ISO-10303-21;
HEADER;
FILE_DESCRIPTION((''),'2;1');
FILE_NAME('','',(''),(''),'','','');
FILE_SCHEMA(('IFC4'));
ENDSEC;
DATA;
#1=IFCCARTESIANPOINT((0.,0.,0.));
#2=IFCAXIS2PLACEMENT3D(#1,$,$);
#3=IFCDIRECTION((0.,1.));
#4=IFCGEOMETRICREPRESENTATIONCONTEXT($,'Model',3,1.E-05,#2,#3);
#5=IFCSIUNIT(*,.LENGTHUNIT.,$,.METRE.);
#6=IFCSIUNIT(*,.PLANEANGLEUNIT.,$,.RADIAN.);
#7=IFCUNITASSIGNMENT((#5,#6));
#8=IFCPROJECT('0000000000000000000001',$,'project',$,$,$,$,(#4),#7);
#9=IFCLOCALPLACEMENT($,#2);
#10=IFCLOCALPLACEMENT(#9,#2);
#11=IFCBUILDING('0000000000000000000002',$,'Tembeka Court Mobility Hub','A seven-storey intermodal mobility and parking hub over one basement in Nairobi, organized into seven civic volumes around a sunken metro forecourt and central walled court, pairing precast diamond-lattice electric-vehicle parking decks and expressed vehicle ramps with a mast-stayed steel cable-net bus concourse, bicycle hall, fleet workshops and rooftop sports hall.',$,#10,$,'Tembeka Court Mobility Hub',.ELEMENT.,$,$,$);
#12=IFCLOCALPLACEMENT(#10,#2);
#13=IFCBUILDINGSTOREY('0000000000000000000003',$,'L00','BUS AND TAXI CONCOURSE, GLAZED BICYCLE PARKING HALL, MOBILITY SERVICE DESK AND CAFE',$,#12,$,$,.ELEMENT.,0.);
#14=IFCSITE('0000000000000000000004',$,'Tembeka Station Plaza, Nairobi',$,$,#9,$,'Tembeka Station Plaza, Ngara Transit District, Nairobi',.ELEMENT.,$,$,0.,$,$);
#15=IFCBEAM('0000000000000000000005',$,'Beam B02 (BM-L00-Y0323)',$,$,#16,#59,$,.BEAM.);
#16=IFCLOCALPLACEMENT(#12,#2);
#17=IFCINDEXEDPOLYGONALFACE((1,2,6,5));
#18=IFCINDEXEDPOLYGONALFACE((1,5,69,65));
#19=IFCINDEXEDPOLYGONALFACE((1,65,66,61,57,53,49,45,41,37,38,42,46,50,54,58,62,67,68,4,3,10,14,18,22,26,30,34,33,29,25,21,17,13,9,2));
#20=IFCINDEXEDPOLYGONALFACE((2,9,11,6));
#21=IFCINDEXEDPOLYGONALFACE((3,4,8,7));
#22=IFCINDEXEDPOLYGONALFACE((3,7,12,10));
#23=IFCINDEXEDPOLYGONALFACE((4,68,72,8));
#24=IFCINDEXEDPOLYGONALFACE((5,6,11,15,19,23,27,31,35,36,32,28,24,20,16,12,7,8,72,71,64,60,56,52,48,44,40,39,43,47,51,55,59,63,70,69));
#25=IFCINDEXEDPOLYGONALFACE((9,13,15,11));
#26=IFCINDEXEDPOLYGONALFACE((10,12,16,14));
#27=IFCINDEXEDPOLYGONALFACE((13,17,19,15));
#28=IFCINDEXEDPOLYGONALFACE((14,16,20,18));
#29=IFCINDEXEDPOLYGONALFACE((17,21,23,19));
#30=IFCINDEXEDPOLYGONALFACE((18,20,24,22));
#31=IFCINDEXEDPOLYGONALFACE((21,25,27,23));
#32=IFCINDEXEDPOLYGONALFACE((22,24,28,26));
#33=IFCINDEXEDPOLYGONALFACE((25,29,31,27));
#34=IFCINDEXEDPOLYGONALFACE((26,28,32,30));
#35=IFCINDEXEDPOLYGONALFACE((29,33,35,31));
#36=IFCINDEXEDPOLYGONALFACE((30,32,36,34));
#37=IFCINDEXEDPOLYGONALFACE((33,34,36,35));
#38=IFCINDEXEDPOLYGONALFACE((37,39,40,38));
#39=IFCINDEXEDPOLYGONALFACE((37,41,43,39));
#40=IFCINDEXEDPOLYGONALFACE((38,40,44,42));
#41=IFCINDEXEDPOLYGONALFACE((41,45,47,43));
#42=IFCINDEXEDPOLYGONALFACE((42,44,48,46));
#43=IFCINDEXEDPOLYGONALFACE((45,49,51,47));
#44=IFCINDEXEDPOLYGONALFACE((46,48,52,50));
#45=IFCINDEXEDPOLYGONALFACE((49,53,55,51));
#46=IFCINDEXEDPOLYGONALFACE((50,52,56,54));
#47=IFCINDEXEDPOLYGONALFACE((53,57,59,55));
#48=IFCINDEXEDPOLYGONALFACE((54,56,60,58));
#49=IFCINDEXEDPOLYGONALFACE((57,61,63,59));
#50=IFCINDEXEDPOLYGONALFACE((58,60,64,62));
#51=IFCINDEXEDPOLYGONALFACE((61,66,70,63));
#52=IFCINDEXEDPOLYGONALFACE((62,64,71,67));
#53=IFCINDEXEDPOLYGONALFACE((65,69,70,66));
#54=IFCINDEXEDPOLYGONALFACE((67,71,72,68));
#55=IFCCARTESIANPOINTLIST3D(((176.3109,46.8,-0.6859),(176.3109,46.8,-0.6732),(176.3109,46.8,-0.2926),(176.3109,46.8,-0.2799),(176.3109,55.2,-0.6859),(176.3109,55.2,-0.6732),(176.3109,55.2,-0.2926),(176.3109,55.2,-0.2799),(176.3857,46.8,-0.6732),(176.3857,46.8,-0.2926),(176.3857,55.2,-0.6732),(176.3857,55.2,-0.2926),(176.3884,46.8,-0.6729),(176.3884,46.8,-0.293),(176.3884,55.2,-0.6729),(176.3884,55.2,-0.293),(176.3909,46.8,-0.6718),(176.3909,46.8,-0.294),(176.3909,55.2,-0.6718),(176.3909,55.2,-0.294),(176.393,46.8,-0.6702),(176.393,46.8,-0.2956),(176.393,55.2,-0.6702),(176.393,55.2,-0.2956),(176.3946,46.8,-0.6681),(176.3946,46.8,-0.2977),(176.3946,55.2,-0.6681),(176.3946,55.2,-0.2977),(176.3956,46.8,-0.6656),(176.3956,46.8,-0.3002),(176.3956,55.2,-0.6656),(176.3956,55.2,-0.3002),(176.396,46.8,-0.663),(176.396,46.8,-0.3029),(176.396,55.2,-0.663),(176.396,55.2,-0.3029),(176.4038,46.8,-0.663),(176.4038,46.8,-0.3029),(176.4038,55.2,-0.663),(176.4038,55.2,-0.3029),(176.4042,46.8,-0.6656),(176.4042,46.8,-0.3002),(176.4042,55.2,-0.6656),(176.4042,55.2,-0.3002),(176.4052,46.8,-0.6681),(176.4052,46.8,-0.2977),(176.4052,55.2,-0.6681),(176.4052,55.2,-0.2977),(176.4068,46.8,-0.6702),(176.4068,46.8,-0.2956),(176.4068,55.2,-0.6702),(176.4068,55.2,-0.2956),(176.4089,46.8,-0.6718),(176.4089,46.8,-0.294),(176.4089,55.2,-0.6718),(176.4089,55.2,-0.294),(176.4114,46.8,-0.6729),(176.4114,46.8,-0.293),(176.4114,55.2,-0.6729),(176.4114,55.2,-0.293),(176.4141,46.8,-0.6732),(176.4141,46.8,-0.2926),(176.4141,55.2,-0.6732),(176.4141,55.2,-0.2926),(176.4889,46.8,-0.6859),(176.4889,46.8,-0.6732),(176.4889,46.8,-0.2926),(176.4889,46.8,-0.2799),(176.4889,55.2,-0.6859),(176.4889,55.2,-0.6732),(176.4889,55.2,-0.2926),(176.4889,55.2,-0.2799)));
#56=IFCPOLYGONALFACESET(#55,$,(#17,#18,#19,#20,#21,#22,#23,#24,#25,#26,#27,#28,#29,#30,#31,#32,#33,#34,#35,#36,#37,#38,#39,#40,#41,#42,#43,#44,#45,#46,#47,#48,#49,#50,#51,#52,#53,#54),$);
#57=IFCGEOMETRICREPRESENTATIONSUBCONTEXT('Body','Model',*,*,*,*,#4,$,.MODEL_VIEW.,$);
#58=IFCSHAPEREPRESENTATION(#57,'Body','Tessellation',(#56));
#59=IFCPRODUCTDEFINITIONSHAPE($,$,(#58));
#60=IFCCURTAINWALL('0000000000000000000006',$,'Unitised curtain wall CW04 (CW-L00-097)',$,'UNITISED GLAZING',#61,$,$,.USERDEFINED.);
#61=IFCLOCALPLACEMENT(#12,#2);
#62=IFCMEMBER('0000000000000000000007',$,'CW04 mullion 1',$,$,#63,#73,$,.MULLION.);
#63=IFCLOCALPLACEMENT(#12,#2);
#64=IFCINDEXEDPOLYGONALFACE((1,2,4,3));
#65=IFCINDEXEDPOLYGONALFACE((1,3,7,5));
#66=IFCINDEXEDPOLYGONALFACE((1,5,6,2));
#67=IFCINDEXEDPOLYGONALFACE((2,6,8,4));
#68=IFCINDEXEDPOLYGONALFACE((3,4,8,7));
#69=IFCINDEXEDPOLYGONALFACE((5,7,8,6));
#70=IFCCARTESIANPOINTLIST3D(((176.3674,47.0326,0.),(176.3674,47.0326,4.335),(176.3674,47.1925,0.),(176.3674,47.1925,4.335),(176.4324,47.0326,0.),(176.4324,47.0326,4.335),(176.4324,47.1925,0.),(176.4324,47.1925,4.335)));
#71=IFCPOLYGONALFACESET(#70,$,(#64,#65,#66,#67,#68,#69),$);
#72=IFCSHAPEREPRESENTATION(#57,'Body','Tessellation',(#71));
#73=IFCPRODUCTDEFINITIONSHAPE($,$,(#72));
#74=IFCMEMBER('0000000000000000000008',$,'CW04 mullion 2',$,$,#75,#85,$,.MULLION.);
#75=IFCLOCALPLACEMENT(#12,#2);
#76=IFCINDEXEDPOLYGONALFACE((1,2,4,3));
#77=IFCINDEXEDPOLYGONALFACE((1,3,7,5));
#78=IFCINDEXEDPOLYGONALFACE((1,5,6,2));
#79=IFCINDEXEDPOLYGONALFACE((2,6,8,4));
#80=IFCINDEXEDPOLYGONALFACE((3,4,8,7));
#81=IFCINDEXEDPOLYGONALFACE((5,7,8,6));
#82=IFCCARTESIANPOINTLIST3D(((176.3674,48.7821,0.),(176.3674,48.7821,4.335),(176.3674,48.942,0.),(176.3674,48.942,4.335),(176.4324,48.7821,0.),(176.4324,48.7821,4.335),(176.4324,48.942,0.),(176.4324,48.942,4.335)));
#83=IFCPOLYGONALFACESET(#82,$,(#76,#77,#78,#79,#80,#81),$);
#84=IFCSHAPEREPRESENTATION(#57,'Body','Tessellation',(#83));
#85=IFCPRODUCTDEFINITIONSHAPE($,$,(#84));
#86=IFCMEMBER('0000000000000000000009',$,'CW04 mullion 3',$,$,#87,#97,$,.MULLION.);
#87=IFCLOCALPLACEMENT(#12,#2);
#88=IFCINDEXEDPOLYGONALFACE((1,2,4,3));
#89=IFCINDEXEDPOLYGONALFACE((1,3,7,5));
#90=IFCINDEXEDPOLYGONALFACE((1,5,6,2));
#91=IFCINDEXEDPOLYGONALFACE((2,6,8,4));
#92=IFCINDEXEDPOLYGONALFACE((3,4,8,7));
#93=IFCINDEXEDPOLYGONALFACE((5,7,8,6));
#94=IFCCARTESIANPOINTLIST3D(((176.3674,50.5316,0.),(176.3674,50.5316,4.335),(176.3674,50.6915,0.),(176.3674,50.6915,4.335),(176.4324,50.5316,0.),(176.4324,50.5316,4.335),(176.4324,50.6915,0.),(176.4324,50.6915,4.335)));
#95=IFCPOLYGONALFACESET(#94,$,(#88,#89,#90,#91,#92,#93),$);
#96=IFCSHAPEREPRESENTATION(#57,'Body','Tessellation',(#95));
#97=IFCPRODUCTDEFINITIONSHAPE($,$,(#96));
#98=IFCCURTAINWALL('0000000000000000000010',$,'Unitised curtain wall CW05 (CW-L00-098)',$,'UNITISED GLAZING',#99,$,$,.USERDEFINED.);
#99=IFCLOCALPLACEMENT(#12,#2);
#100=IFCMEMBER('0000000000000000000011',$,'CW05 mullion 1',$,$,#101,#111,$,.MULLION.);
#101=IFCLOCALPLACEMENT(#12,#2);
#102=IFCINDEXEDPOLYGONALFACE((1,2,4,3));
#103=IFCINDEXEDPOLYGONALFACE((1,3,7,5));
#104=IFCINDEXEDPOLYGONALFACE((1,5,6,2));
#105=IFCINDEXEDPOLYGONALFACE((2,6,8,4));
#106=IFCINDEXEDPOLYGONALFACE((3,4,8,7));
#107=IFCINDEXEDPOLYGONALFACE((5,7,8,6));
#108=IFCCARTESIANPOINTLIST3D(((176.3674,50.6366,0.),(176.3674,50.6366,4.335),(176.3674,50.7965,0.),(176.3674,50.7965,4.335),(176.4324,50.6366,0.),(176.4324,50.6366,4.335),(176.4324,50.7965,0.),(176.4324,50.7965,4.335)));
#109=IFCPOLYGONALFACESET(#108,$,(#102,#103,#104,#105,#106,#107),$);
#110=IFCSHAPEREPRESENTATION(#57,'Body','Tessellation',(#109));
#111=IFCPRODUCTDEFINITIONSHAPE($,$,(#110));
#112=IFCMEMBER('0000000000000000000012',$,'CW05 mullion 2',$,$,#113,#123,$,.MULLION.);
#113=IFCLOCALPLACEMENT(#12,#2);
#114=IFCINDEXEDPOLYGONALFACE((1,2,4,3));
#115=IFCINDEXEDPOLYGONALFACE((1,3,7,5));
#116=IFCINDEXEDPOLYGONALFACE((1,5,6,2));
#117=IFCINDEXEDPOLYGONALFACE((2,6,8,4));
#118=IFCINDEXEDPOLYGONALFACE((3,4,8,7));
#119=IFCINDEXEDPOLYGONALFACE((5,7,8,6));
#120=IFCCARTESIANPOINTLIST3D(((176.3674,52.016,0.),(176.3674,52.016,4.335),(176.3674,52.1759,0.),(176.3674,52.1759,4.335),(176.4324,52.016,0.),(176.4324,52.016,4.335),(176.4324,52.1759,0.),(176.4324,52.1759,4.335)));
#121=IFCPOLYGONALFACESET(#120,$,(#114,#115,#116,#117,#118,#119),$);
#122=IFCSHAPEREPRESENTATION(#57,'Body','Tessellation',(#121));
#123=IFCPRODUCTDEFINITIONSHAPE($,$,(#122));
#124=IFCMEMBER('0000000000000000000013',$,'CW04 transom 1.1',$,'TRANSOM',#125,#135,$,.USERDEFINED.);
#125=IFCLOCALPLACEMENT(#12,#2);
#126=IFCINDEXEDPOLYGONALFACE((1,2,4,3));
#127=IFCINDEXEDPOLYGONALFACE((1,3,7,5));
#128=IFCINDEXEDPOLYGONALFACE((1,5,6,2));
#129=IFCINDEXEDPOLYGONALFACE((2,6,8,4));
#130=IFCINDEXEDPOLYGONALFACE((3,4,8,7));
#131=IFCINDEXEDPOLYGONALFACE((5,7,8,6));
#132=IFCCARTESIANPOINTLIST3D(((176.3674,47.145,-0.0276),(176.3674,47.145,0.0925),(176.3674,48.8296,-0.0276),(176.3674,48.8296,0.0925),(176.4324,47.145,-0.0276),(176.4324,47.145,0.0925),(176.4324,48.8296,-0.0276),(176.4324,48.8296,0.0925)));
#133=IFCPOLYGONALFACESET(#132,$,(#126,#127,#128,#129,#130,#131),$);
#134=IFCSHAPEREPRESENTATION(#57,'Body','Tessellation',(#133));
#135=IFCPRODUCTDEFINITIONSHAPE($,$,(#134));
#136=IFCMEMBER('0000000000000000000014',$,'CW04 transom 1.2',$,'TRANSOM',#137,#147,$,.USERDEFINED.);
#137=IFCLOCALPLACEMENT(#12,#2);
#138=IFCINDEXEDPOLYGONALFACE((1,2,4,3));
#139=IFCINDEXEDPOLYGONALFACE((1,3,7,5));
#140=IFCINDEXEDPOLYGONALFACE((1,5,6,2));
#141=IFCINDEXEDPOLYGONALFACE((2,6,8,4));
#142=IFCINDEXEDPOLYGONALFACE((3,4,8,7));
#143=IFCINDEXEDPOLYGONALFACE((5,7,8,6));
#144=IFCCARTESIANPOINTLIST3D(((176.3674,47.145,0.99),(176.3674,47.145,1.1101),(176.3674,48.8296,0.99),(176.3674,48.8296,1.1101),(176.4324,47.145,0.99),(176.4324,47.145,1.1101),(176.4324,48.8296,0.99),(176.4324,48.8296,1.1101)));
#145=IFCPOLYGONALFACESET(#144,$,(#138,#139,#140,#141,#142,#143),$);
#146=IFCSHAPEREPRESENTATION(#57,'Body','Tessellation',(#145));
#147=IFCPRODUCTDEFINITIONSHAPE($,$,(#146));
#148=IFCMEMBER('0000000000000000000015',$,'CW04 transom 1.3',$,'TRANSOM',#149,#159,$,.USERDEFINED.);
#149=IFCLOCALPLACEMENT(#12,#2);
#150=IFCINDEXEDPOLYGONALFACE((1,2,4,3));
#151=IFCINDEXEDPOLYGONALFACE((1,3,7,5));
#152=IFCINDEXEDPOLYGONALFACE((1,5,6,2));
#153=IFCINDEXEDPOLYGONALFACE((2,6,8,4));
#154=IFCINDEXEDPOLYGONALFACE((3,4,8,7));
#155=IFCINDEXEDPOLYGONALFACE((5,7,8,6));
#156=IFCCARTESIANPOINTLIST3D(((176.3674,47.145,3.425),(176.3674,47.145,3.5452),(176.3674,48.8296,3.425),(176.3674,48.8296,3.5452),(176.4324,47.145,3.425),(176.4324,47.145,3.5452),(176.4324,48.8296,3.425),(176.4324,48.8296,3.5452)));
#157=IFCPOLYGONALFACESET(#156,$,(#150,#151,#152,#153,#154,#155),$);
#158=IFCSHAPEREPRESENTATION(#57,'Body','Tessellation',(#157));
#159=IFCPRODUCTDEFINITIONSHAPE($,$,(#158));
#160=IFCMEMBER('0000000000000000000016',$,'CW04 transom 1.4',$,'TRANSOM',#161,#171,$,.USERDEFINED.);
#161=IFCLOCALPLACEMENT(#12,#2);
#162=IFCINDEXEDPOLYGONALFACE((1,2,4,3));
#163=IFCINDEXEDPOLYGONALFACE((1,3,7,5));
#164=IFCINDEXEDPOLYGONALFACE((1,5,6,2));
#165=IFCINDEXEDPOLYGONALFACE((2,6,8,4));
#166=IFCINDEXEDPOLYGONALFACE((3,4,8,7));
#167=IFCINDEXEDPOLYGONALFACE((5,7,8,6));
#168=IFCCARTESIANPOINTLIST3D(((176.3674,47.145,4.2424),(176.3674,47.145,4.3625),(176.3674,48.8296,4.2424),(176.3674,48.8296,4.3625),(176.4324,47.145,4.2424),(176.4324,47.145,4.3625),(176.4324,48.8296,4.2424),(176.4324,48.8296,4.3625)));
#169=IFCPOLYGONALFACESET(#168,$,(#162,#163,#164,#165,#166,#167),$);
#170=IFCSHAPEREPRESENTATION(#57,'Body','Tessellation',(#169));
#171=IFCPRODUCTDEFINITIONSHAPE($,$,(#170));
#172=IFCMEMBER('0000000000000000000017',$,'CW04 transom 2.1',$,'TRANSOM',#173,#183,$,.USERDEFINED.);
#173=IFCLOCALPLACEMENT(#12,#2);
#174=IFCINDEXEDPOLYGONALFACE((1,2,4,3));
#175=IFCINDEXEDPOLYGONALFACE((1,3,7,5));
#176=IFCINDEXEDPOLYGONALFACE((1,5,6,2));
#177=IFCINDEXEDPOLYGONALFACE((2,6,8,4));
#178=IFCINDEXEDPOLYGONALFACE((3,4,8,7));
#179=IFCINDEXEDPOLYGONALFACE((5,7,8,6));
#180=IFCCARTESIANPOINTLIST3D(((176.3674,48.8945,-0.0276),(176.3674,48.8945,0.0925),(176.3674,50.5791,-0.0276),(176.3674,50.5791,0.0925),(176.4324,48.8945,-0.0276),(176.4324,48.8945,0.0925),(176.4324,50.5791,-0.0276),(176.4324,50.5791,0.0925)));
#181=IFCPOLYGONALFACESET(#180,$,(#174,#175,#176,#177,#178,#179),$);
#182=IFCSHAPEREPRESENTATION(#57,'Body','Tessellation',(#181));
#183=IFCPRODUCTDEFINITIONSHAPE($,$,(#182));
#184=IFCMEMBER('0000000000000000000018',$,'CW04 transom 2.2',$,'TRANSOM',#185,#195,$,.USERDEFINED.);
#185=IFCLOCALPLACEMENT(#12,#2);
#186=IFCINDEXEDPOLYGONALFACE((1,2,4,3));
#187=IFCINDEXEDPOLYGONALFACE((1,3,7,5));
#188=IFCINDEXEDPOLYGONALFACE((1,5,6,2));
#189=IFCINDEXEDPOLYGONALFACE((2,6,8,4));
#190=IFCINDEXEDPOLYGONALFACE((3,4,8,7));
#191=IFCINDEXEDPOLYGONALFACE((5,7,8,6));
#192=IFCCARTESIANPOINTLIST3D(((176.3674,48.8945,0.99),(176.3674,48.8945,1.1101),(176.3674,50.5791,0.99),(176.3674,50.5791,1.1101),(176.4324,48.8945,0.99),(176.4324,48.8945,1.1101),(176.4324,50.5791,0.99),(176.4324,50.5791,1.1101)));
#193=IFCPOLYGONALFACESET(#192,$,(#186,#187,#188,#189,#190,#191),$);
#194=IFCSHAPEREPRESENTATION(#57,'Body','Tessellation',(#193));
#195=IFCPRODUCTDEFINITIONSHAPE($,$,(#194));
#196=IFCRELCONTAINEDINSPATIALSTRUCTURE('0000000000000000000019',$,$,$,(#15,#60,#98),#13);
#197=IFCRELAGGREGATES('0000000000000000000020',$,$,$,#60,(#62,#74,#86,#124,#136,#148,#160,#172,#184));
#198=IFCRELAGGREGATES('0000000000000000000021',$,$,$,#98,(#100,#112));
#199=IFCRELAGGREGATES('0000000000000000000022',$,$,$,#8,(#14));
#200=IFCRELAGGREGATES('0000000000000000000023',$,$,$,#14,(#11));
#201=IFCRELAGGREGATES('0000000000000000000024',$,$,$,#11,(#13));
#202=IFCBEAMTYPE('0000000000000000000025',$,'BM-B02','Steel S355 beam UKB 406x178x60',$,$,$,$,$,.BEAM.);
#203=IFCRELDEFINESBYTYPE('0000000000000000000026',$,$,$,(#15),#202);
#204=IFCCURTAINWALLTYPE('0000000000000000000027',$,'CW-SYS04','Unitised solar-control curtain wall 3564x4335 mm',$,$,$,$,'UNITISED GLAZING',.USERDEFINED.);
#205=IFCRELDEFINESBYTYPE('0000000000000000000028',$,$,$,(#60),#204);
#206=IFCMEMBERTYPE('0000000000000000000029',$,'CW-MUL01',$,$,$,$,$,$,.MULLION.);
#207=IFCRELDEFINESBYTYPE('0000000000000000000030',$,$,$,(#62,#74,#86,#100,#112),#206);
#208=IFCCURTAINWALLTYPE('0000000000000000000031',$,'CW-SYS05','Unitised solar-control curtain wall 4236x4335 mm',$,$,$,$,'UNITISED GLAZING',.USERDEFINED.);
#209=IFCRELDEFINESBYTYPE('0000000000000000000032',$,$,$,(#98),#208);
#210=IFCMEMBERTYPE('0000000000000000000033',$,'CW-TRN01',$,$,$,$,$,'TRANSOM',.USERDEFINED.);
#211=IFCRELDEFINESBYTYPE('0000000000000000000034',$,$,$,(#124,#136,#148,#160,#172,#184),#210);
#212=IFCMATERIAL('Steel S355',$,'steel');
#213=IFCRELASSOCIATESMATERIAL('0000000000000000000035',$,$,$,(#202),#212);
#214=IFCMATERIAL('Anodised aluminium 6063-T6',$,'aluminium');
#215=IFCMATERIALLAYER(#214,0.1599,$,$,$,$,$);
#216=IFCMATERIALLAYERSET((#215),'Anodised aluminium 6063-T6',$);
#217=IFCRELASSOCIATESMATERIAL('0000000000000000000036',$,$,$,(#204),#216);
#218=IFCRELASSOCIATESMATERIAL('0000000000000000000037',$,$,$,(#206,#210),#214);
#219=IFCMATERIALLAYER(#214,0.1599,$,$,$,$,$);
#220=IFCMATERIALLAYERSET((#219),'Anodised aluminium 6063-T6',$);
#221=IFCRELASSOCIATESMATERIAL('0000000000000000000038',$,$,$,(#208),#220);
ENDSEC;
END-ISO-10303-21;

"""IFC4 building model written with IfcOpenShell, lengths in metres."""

from ifc_helpers import new_model, si_unit, direction, frame, origin, origin_2d, place, context, subcontext, project, spatial, rectangle, i_section, extrude, material, layer, layer_set, material_profile, profile_set, type_object, element, aggregate, save


model = new_model("IFC4")

# Units and contexts
model_context = context("Model", 3, precision=1e-05, world=origin(), true_north=direction((0.0, 1.0)))
body_context = subcontext(model_context, "Body", "Model", "MODEL_VIEW")
ifc_project = project(units=[si_unit("LENGTHUNIT", "METRE"), si_unit("PLANEANGLEUNIT", "RADIAN")], contexts=[model_context])

# Site, building, storey
site_placement = place(None, origin())
site = spatial("IfcSite", under=ifc_project, at=site_placement, Name="Tembeka Station Plaza, Nairobi", LongName="Tembeka Station Plaza, Ngara Transit District, Nairobi", CompositionType="ELEMENT", RefElevation=0.0)
building_placement = place(site_placement, origin())
building = spatial("IfcBuilding", under=site, at=building_placement, Name="Tembeka Court Mobility Hub", Description="A seven-storey intermodal mobility and parking hub over one basement in Nairobi, organized into seven civic volumes around a sunken metro forecourt and central walled court, pairing precast diamond-lattice electric-vehicle parking decks and expressed vehicle ramps with a mast-stayed steel cable-net bus concourse, bicycle hall, fleet workshops and rooftop sports hall.", LongName="Tembeka Court Mobility Hub", CompositionType="ELEMENT")
storey_placement = place(building_placement, origin())
storey = spatial("IfcBuildingStorey", under=building, at=storey_placement, Name="L00", Description="BUS AND TAXI CONCOURSE, GLAZED BICYCLE PARKING HALL, MOBILITY SERVICE DESK AND CAFE", CompositionType="ELEMENT", Elevation=0.0)

# Beam
ifc_material_1 = material(Name="Steel S355", Category="steel")
ifc_material_profile_1 = material_profile(ifc_material_1, i_section(OverallWidth=0.178, OverallDepth=0.406, WebThickness=0.0078, FlangeThickness=0.0127, FilletRadius=0.0103, at=origin_2d()), Name="UKB 406x178x60")
ifc_profile_set_1 = profile_set([ifc_material_profile_1], Name="Steel S355")
beam_type = type_object("IfcBeamType", Name="BM-B02", Description="Steel S355 beam UKB 406x178x60", PredefinedType="BEAM", material=ifc_profile_set_1)
beam_placement = place(storey_placement, frame((176.3999, 46.8, -0.4829), z_axis=(0.0, 1.0, 0.0), x_axis=(-1.0, 0.0, 0.0)))
element("IfcBeam", 1, at=beam_placement, inside=storey, type_object=beam_type, Name="Beam B02 (BM-L00-Y0323)", PredefinedType="BEAM", context=body_context, shape_type="SweptSolid", body=[
    extrude(i_section(OverallWidth=0.178, OverallDepth=0.406, WebThickness=0.0078, FlangeThickness=0.0127, FilletRadius=0.0103, at=origin_2d()), origin(), (0.0, 0.0, 1.0), 8.3999),
])

# Curtain walls, members
ifc_material_2 = material(Name="Anodised aluminium 6063-T6", Category="aluminium")
ifc_layer_1 = layer(ifc_material_2, 0.1599)
ifc_layer_set_1 = layer_set([ifc_layer_1], Name="Anodised aluminium 6063-T6")
curtain_wall_type_1 = type_object("IfcCurtainWallType", Name="CW-SYS04", Description="Unitised solar-control curtain wall 3564x4335 mm", ElementType="UNITISED GLAZING", PredefinedType="USERDEFINED", material=ifc_layer_set_1)
curtain_wall_1_placement = place(storey_placement, origin())
curtain_wall_1 = element("IfcCurtainWall", 2, at=curtain_wall_1_placement, inside=storey, type_object=curtain_wall_type_1, Name="Unitised curtain wall CW04 (CW-L00-097)", ObjectType="UNITISED GLAZING", PredefinedType="USERDEFINED")
ifc_material_profile_2 = material_profile(ifc_material_2, rectangle(XDim=0.0649, YDim=0.1599, at=origin_2d()), Name="ALU-MUL 65x160")
ifc_profile_set_2 = profile_set([ifc_material_profile_2], Name="Anodised aluminium 6063-T6")
member_type_1 = type_object("IfcMemberType", Name="CW-MUL01", PredefinedType="MULLION", material=ifc_profile_set_2)
member_1_placement = place(storey_placement, frame((176.3999, 47.1125, 0.0), z_axis=(0.0, 0.0, 1.0), x_axis=(-1.0, 0.0, 0.0)))
member_1 = element("IfcMember", 3, at=member_1_placement, type_object=member_type_1, Name="CW04 mullion 1", PredefinedType="MULLION", context=body_context, shape_type="SweptSolid", body=[
    extrude(rectangle(XDim=0.0649, YDim=0.1599, at=origin_2d()), origin(), (0.0, 0.0, 1.0), 4.335),
])
member_2_placement = place(storey_placement, frame((176.3999, 48.8621, 0.0), z_axis=(0.0, 0.0, 1.0), x_axis=(-1.0, 0.0, 0.0)))
member_2 = element("IfcMember", 4, at=member_2_placement, type_object=member_type_1, Name="CW04 mullion 2", PredefinedType="MULLION", context=body_context, shape_type="SweptSolid", body=[
    extrude(rectangle(XDim=0.0649, YDim=0.1599, at=origin_2d()), origin(), (0.0, 0.0, 1.0), 4.335),
])
member_3_placement = place(storey_placement, frame((176.3999, 50.6116, 0.0), z_axis=(0.0, 0.0, 1.0), x_axis=(-1.0, 0.0, 0.0)))
member_3 = element("IfcMember", 5, at=member_3_placement, type_object=member_type_1, Name="CW04 mullion 3", PredefinedType="MULLION", context=body_context, shape_type="SweptSolid", body=[
    extrude(rectangle(XDim=0.0649, YDim=0.1599, at=origin_2d()), origin(), (0.0, 0.0, 1.0), 4.335),
])
ifc_layer_2 = layer(ifc_material_2, 0.1599)
ifc_layer_set_2 = layer_set([ifc_layer_2], Name="Anodised aluminium 6063-T6")
curtain_wall_type_2 = type_object("IfcCurtainWallType", Name="CW-SYS05", Description="Unitised solar-control curtain wall 4236x4335 mm", ElementType="UNITISED GLAZING", PredefinedType="USERDEFINED", material=ifc_layer_set_2)
curtain_wall_2_placement = place(storey_placement, origin())
curtain_wall_2 = element("IfcCurtainWall", 6, at=curtain_wall_2_placement, inside=storey, type_object=curtain_wall_type_2, Name="Unitised curtain wall CW05 (CW-L00-098)", ObjectType="UNITISED GLAZING", PredefinedType="USERDEFINED")
member_4_placement = place(storey_placement, frame((176.3999, 50.7166, 0.0), z_axis=(0.0, 0.0, 1.0), x_axis=(-1.0, 0.0, 0.0)))
member_4 = element("IfcMember", 7, at=member_4_placement, type_object=member_type_1, Name="CW05 mullion 1", PredefinedType="MULLION", context=body_context, shape_type="SweptSolid", body=[
    extrude(rectangle(XDim=0.0649, YDim=0.1599, at=origin_2d()), origin(), (0.0, 0.0, 1.0), 4.335),
])
member_5_placement = place(storey_placement, frame((176.3999, 52.0959, 0.0), z_axis=(0.0, 0.0, 1.0), x_axis=(-1.0, 0.0, 0.0)))
member_5 = element("IfcMember", 8, at=member_5_placement, type_object=member_type_1, Name="CW05 mullion 2", PredefinedType="MULLION", context=body_context, shape_type="SweptSolid", body=[
    extrude(rectangle(XDim=0.0649, YDim=0.1599, at=origin_2d()), origin(), (0.0, 0.0, 1.0), 4.335),
])

# Members
ifc_material_profile_3 = material_profile(ifc_material_2, rectangle(XDim=0.0649, YDim=0.1201, at=origin_2d()), Name="ALU-TRN 65x120")
ifc_profile_set_3 = profile_set([ifc_material_profile_3], Name="Anodised aluminium 6063-T6")
member_type_2 = type_object("IfcMemberType", Name="CW-TRN01", ElementType="TRANSOM", PredefinedType="USERDEFINED", material=ifc_profile_set_3)
member_6_placement = place(storey_placement, frame((176.3999, 47.145, 0.0325), z_axis=(0.0, 1.0, 0.0), x_axis=(-1.0, 0.0, 0.0)))
member_6 = element("IfcMember", 9, at=member_6_placement, type_object=member_type_2, Name="CW04 transom 1.1", ObjectType="TRANSOM", PredefinedType="USERDEFINED", context=body_context, shape_type="SweptSolid", body=[
    extrude(rectangle(XDim=0.0649, YDim=0.1201, at=origin_2d()), origin(), (0.0, 0.0, 1.0), 1.6846),
])
member_7_placement = place(storey_placement, frame((176.3999, 47.145, 1.05), z_axis=(0.0, 1.0, 0.0), x_axis=(-1.0, 0.0, 0.0)))
member_7 = element("IfcMember", 10, at=member_7_placement, type_object=member_type_2, Name="CW04 transom 1.2", ObjectType="TRANSOM", PredefinedType="USERDEFINED", context=body_context, shape_type="SweptSolid", body=[
    extrude(rectangle(XDim=0.0649, YDim=0.1201, at=origin_2d()), origin(), (0.0, 0.0, 1.0), 1.6846),
])
member_8_placement = place(storey_placement, frame((176.3999, 47.145, 3.4851), z_axis=(0.0, 1.0, 0.0), x_axis=(-1.0, 0.0, 0.0)))
member_8 = element("IfcMember", 11, at=member_8_placement, type_object=member_type_2, Name="CW04 transom 1.3", ObjectType="TRANSOM", PredefinedType="USERDEFINED", context=body_context, shape_type="SweptSolid", body=[
    extrude(rectangle(XDim=0.0649, YDim=0.1201, at=origin_2d()), origin(), (0.0, 0.0, 1.0), 1.6846),
])
member_9_placement = place(storey_placement, frame((176.3999, 47.145, 4.3025), z_axis=(0.0, 1.0, 0.0), x_axis=(-1.0, 0.0, 0.0)))
member_9 = element("IfcMember", 12, at=member_9_placement, type_object=member_type_2, Name="CW04 transom 1.4", ObjectType="TRANSOM", PredefinedType="USERDEFINED", context=body_context, shape_type="SweptSolid", body=[
    extrude(rectangle(XDim=0.0649, YDim=0.1201, at=origin_2d()), origin(), (0.0, 0.0, 1.0), 1.6846),
])
member_10_placement = place(storey_placement, frame((176.3999, 48.8945, 0.0325), z_axis=(0.0, 1.0, 0.0), x_axis=(-1.0, 0.0, 0.0)))
member_10 = element("IfcMember", 13, at=member_10_placement, type_object=member_type_2, Name="CW04 transom 2.1", ObjectType="TRANSOM", PredefinedType="USERDEFINED", context=body_context, shape_type="SweptSolid", body=[
    extrude(rectangle(XDim=0.0649, YDim=0.1201, at=origin_2d()), origin(), (0.0, 0.0, 1.0), 1.6846),
])
member_11_placement = place(storey_placement, frame((176.3999, 48.8945, 1.05), z_axis=(0.0, 1.0, 0.0), x_axis=(-1.0, 0.0, 0.0)))
member_11 = element("IfcMember", 14, at=member_11_placement, type_object=member_type_2, Name="CW04 transom 2.2", ObjectType="TRANSOM", PredefinedType="USERDEFINED", context=body_context, shape_type="SweptSolid", body=[
    extrude(rectangle(XDim=0.0649, YDim=0.1201, at=origin_2d()), origin(), (0.0, 0.0, 1.0), 1.6846),
])

aggregate(curtain_wall_1, [member_1, member_2, member_3, member_6, member_7, member_8, member_9, member_10, member_11])
aggregate(curtain_wall_2, [member_4, member_5])

save(model, "model.ifc")
